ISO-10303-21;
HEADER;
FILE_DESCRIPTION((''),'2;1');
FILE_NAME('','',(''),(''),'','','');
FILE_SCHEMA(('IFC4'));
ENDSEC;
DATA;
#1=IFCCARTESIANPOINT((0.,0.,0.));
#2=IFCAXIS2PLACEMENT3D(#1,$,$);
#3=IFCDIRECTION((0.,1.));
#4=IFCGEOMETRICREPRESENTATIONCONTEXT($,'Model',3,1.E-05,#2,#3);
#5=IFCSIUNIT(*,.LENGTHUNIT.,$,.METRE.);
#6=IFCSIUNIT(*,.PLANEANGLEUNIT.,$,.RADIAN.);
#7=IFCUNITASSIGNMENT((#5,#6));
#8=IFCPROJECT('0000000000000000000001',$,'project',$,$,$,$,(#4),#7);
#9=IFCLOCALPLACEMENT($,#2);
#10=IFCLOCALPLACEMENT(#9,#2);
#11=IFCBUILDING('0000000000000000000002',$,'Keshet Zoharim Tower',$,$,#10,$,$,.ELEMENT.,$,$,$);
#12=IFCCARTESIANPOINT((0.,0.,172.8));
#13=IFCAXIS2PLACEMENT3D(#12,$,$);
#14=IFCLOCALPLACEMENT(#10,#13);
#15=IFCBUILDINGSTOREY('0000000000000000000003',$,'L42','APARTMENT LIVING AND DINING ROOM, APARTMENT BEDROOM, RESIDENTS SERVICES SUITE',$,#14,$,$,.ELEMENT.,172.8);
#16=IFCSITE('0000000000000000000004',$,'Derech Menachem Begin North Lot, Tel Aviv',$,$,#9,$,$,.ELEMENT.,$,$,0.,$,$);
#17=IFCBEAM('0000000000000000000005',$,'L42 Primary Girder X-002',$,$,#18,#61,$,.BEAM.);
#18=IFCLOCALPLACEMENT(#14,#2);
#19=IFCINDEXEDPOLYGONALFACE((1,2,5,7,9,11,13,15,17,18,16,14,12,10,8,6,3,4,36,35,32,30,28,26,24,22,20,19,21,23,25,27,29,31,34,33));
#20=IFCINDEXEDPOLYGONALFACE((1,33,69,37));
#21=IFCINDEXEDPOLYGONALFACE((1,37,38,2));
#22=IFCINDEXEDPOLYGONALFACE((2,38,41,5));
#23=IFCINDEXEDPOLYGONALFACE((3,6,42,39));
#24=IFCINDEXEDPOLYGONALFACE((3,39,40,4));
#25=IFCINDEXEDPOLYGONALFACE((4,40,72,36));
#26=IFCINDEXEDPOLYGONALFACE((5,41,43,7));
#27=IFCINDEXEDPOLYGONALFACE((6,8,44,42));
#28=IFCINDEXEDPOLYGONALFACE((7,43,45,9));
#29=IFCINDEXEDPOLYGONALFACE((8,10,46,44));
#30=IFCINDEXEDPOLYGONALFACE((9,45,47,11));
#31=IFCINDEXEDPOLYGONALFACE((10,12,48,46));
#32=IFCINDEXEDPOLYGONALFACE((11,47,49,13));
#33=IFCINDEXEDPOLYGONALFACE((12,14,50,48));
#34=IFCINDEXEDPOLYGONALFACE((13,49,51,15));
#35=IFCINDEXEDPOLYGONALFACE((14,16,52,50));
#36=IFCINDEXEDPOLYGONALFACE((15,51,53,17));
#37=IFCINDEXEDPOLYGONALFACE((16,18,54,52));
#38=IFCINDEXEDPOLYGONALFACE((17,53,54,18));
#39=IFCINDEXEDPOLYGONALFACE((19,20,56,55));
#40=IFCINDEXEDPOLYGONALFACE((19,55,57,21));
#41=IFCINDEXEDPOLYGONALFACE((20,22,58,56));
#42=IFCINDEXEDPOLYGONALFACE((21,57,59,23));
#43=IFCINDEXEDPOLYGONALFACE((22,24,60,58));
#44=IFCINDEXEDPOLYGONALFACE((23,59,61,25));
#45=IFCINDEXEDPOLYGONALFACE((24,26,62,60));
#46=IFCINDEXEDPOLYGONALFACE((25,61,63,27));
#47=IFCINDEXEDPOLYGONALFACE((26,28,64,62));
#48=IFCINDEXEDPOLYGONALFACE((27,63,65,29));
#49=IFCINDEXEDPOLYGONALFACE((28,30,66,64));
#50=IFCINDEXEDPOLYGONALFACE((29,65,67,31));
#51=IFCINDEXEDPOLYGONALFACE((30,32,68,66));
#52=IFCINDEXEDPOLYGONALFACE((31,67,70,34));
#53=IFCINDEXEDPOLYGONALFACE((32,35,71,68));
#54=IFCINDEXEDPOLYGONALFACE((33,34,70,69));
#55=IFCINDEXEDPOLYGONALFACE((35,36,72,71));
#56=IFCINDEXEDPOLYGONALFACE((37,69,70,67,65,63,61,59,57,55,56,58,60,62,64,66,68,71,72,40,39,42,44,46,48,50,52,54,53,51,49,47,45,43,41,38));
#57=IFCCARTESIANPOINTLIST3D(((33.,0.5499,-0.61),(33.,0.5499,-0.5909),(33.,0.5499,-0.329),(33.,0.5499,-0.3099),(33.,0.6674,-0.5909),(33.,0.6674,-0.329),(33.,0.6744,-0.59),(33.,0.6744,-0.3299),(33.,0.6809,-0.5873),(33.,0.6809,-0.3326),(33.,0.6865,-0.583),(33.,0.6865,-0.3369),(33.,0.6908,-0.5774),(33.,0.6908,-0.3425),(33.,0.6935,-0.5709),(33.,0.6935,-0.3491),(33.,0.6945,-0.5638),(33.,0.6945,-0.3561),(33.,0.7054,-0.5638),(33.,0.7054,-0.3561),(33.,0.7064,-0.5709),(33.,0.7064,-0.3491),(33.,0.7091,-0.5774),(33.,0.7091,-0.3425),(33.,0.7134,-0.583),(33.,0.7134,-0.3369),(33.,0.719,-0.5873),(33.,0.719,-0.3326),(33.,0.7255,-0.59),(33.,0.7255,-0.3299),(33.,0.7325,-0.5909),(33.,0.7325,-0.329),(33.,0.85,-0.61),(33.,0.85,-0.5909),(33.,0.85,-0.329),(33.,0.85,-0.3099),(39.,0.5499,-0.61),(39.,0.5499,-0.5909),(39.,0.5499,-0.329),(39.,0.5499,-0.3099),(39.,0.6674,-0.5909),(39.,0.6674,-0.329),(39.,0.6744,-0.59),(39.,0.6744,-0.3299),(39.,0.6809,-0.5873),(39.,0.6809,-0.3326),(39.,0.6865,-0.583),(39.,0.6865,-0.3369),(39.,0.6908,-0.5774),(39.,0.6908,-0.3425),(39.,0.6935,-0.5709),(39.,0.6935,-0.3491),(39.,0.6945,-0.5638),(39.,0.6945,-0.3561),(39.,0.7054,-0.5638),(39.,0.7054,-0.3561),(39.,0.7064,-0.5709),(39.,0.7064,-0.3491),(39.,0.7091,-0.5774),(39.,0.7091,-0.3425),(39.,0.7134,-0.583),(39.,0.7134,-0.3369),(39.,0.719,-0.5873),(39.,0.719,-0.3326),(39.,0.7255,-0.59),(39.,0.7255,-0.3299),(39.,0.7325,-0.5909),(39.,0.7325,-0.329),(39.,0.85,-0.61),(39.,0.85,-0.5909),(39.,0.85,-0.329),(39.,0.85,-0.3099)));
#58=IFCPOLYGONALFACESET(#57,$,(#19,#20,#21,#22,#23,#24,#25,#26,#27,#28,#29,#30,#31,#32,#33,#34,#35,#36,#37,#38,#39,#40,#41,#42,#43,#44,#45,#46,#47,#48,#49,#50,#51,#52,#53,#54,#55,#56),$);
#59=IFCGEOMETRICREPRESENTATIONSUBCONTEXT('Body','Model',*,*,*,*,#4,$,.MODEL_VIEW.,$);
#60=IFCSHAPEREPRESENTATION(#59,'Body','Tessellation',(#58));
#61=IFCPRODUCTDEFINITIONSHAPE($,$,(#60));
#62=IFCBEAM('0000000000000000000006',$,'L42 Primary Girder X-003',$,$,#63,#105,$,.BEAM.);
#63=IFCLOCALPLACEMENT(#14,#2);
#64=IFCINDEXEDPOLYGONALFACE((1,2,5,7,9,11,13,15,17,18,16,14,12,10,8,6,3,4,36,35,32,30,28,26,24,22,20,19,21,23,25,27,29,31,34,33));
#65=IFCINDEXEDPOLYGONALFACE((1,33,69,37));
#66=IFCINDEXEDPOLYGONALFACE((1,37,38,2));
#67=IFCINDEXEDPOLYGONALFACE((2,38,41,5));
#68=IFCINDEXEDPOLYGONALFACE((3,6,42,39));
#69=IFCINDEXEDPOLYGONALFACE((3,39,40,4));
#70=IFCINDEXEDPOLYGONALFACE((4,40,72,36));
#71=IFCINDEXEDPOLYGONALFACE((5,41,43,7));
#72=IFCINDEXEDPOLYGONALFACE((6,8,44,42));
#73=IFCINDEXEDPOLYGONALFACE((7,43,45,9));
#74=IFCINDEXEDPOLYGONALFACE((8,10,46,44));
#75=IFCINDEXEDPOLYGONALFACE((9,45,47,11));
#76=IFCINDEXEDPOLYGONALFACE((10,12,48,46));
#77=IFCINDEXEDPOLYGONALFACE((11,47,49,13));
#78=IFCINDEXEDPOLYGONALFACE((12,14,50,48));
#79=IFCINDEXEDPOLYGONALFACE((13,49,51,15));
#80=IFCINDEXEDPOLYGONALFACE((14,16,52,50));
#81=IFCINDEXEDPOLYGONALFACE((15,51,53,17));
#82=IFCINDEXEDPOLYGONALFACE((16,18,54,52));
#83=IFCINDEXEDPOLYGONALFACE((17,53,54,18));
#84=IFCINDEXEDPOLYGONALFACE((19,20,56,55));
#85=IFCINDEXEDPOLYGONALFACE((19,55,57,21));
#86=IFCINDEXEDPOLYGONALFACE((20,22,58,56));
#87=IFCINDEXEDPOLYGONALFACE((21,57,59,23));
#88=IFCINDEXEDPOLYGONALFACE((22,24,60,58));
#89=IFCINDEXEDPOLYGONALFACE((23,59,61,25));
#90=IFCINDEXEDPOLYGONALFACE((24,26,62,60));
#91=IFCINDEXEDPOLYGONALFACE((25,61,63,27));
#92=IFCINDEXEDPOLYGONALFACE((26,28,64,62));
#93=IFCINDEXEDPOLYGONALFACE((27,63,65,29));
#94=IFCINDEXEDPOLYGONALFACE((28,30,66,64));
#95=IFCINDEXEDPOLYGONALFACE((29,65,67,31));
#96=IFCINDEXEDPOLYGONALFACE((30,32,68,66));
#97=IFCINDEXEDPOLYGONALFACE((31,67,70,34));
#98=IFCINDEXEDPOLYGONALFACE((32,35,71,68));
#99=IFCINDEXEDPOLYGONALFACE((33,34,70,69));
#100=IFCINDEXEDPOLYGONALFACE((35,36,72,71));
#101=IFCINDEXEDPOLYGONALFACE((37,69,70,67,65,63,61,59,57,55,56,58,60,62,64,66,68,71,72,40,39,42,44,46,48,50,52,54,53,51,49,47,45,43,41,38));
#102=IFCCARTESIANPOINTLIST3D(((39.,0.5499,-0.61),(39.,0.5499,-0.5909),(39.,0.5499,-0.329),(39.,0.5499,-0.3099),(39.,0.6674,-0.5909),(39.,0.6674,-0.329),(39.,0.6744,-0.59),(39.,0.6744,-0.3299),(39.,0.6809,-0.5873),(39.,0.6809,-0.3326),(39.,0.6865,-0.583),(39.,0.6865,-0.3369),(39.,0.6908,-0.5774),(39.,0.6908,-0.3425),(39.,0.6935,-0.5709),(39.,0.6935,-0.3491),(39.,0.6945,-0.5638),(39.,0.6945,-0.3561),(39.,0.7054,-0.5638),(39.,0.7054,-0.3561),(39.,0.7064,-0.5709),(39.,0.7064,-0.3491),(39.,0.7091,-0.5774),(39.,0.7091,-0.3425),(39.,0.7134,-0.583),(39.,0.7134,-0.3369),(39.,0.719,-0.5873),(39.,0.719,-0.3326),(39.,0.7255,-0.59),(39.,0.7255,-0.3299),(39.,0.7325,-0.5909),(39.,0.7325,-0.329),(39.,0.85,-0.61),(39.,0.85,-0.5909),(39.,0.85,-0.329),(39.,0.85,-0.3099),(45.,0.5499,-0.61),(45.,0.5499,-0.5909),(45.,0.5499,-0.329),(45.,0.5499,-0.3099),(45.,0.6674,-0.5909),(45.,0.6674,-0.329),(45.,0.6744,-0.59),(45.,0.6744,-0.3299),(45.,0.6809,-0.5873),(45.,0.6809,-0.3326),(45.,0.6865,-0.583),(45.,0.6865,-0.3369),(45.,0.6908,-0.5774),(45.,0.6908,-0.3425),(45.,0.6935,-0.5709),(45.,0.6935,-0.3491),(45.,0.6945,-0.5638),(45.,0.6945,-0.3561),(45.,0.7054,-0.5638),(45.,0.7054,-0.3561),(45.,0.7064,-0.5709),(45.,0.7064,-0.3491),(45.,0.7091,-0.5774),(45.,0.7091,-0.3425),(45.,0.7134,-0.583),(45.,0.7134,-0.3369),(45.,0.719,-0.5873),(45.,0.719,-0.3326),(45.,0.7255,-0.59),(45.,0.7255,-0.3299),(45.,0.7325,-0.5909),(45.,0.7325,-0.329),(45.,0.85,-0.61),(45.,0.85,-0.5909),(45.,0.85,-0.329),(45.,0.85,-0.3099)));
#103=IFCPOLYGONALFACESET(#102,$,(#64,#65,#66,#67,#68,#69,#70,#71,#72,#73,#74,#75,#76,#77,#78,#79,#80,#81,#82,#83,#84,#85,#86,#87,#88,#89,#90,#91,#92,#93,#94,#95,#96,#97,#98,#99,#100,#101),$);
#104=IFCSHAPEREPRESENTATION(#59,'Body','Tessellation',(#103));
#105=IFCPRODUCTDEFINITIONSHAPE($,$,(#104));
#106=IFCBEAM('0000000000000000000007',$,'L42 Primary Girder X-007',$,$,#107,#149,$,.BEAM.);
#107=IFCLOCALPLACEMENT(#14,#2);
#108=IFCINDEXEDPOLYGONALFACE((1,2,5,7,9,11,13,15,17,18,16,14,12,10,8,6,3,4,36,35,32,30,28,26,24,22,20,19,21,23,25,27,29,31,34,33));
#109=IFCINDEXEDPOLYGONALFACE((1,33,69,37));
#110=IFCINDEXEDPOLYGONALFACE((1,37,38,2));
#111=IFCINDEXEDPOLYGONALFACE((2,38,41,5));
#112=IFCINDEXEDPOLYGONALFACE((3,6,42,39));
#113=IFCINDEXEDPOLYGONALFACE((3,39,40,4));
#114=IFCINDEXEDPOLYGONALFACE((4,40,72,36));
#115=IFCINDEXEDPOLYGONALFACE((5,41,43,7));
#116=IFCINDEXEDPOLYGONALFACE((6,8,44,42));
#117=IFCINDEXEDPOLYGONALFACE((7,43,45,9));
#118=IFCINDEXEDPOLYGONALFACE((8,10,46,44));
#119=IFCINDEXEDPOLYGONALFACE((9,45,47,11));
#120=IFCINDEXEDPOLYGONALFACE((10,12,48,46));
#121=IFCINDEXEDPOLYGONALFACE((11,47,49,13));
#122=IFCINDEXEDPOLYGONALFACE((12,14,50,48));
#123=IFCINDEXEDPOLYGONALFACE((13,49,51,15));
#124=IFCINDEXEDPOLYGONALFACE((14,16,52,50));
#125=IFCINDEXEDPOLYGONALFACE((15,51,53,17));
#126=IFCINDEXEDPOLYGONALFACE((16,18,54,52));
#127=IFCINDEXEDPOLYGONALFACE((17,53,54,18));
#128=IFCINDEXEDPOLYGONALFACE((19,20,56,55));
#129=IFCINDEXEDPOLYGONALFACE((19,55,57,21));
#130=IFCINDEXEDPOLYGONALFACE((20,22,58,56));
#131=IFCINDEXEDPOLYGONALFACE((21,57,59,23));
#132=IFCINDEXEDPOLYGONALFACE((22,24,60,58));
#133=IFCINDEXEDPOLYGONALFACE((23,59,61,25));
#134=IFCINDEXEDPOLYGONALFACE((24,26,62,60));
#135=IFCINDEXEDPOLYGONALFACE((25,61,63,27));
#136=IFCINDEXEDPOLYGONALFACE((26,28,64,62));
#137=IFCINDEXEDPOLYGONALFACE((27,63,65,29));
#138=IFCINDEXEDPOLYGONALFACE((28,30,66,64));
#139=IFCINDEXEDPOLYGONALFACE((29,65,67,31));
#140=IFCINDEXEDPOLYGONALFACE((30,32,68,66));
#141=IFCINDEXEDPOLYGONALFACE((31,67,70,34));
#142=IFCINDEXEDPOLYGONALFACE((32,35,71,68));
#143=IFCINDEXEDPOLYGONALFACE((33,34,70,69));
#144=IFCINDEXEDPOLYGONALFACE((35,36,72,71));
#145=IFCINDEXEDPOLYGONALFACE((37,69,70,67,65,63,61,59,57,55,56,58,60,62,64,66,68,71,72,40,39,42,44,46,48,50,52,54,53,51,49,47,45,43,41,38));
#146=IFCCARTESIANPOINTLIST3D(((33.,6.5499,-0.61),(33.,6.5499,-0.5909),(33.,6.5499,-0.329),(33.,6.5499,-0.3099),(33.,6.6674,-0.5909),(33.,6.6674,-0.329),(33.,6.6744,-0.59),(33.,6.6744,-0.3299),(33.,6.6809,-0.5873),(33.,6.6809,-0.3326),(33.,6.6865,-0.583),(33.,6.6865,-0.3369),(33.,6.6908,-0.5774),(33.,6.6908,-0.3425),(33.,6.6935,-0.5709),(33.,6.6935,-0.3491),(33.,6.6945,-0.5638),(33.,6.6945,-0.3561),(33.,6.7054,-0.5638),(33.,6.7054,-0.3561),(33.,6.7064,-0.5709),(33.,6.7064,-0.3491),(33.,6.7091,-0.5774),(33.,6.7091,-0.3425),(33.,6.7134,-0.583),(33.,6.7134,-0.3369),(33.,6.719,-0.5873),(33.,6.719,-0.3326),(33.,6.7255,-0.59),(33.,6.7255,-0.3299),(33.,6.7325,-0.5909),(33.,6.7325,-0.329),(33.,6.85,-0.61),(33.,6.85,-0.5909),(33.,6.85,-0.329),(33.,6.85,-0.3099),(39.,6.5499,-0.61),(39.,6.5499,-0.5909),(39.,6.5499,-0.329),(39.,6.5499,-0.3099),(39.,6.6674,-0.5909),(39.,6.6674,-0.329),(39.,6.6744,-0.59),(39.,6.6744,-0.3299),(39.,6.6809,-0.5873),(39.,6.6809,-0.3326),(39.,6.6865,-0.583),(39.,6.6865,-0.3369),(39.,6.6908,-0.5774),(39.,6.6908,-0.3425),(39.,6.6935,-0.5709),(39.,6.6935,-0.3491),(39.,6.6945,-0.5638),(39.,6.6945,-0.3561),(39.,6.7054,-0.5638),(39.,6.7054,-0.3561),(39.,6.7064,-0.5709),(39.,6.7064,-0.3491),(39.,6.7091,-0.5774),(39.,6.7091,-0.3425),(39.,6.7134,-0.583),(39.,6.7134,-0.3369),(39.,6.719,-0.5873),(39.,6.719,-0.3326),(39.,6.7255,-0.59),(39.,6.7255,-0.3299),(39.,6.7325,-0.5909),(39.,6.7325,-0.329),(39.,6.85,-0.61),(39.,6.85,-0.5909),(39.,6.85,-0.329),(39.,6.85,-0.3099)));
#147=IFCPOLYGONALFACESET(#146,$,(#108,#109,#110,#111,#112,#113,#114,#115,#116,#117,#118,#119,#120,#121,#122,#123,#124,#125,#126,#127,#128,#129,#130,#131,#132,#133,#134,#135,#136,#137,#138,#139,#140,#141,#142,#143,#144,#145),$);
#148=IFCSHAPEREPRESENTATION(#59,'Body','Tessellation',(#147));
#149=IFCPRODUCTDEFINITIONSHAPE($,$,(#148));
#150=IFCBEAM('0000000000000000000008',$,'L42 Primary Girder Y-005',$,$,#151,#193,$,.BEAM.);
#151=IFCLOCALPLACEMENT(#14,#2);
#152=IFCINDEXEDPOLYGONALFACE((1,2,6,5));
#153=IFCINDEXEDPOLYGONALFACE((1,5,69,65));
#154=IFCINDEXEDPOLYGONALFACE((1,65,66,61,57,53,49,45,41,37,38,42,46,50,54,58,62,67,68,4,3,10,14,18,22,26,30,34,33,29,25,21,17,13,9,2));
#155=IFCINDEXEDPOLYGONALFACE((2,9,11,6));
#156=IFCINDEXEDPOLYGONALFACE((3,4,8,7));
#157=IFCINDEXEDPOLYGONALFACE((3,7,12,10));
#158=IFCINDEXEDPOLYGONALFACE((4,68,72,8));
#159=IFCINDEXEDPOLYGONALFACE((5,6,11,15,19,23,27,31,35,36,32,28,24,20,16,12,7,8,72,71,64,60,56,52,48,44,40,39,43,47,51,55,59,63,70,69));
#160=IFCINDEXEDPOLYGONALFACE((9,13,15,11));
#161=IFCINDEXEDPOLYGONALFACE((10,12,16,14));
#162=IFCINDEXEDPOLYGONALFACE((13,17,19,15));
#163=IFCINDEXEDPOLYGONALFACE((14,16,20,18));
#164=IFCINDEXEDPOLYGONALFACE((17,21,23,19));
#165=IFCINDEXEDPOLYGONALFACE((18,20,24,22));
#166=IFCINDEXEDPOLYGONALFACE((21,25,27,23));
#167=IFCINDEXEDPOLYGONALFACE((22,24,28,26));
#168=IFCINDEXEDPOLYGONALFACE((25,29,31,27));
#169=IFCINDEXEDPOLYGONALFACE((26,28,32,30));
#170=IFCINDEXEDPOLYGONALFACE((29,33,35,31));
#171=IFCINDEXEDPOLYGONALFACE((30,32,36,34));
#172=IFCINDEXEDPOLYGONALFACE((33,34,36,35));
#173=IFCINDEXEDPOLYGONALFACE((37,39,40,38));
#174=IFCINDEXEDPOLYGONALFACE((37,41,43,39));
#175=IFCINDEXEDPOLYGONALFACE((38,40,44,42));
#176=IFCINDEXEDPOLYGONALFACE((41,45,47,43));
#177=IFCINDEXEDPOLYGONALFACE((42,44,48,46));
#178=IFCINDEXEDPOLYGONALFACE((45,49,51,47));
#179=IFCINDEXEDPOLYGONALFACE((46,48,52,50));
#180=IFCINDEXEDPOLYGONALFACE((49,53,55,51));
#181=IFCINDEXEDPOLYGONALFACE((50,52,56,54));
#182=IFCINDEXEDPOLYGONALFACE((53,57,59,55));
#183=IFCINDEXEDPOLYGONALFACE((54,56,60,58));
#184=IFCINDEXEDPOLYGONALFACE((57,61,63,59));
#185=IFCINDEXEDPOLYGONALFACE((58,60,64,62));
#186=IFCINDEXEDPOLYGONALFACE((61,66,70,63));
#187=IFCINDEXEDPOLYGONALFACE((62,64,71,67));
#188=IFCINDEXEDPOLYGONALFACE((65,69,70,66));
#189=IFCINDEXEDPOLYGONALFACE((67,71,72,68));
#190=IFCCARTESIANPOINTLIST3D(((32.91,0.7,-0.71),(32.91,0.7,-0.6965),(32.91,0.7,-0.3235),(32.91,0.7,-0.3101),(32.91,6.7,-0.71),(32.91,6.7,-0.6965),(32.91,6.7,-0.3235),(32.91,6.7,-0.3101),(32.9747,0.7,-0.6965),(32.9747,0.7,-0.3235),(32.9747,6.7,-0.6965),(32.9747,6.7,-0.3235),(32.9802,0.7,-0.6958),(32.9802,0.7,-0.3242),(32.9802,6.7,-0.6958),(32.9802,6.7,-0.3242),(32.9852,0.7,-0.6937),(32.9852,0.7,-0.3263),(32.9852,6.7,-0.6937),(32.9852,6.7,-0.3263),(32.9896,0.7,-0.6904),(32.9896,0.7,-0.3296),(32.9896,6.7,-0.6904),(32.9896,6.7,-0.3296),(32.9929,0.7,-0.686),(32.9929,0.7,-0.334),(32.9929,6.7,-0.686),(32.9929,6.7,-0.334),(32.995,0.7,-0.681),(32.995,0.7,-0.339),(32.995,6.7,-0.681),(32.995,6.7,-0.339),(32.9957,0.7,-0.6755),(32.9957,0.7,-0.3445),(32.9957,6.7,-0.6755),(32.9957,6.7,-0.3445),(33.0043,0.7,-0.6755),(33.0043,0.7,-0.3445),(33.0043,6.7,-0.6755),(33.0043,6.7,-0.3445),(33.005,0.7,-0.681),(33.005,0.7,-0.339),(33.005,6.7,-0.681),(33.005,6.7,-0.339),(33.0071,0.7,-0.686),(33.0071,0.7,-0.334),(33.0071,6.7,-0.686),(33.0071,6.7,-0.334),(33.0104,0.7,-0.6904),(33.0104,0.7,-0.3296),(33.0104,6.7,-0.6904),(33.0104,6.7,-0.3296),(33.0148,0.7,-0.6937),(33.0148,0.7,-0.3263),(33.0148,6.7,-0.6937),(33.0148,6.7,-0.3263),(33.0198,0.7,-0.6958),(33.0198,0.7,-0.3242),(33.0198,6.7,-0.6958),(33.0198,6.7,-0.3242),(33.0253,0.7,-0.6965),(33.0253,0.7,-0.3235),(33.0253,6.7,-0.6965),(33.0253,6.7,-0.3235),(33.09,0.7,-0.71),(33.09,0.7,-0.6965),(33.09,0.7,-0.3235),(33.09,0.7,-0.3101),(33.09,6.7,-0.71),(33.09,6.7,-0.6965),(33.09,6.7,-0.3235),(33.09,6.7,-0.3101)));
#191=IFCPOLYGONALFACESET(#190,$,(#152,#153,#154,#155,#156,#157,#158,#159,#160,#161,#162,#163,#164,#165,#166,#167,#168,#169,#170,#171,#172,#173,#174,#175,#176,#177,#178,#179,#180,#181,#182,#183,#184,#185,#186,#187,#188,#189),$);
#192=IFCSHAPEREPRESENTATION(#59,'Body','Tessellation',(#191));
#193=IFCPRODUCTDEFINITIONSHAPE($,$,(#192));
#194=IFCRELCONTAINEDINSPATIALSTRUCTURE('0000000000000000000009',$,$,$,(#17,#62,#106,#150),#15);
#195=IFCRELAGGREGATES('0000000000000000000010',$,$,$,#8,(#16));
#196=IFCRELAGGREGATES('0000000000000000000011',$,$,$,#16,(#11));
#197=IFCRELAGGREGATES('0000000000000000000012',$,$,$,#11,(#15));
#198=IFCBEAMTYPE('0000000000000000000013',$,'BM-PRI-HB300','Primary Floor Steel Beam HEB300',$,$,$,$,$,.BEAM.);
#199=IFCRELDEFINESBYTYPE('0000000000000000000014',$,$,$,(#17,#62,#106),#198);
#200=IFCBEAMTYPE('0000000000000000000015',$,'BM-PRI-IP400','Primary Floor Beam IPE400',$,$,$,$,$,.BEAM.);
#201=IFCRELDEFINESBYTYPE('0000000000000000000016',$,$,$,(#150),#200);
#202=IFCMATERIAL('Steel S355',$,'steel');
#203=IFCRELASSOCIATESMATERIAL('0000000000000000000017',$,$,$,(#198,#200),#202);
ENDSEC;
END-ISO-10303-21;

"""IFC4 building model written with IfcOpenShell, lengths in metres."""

from ifc_helpers import new_model, si_unit, direction, frame, origin, origin_2d, place, context, subcontext, project, spatial, i_section, extrude, material, material_profile, profile_set, type_object, element, save


model = new_model("IFC4")

# Units and contexts
model_context = context("Model", 3, precision=1e-05, world=origin(), true_north=direction((0.0, 1.0)))
body_context = subcontext(model_context, "Body", "Model", "MODEL_VIEW")
ifc_project = project(units=[si_unit("LENGTHUNIT", "METRE"), si_unit("PLANEANGLEUNIT", "RADIAN")], contexts=[model_context])

# Site, building, storey
site_placement = place(None, origin())
site = spatial("IfcSite", under=ifc_project, at=site_placement, Name="Derech Menachem Begin North Lot, Tel Aviv", CompositionType="ELEMENT", RefElevation=0.0)
building_placement = place(site_placement, origin())
building = spatial("IfcBuilding", under=site, at=building_placement, Name="Keshet Zoharim Tower", CompositionType="ELEMENT")
storey_placement = place(building_placement, frame((0.0, 0.0, 172.8)))
storey = spatial("IfcBuildingStorey", under=building, at=storey_placement, Name="L42", Description="APARTMENT LIVING AND DINING ROOM, APARTMENT BEDROOM, RESIDENTS SERVICES SUITE", CompositionType="ELEMENT", Elevation=172.8)

# Shared definitions
ifc_material_1 = material(Name="Steel S355", Category="steel")

# Beams
ifc_material_profile_1 = material_profile(ifc_material_1, i_section(OverallWidth=0.3, OverallDepth=0.3, WebThickness=0.011, FlangeThickness=0.019, FilletRadius=0.0271, at=origin_2d()), Name="HEB300")
ifc_profile_set_1 = profile_set([ifc_material_profile_1], Name="Steel S355")
beam_type_1 = type_object("IfcBeamType", Name="BM-PRI-HB300", Description="Primary Floor Steel Beam HEB300", PredefinedType="BEAM", material=ifc_profile_set_1)
for number, where, z_axis, x_axis, name in (
    (1, (33.0, 0.7, -0.46), (1.0, 0.0, 0.0), (0.0, 1.0, 0.0), "L42 Primary Girder X-002"),
    (2, (39.0, 0.7, -0.46), (1.0, 0.0, 0.0), (0.0, 1.0, 0.0), "L42 Primary Girder X-003"),
    (3, (33.0, 6.7, -0.46), (1.0, 0.0, 0.0), (0.0, 1.0, 0.0), "L42 Primary Girder X-007"),
):
    element("IfcBeam", number, at=place(storey_placement, frame(where, z_axis=z_axis, x_axis=x_axis)), inside=storey, type_object=beam_type_1, Name=name, PredefinedType="BEAM", context=body_context, shape_type="SweptSolid", body=[
        extrude(i_section(OverallWidth=0.3, OverallDepth=0.3, WebThickness=0.011, FlangeThickness=0.019, FilletRadius=0.0271, at=origin_2d()), origin(), (0.0, 0.0, 1.0), 6.0),
    ])
ifc_material_profile_2 = material_profile(ifc_material_1, i_section(OverallWidth=0.1799, OverallDepth=0.3999, WebThickness=0.0085, FlangeThickness=0.0134, FilletRadius=0.021, at=origin_2d()), Name="IPE400")
ifc_profile_set_2 = profile_set([ifc_material_profile_2], Name="Steel S355")
beam_type_2 = type_object("IfcBeamType", Name="BM-PRI-IP400", Description="Primary Floor Beam IPE400", PredefinedType="BEAM", material=ifc_profile_set_2)
for number, where, z_axis, x_axis, name in (
    (4, (33.0, 0.7, -0.51), (0.0, 1.0, 0.0), (-1.0, 0.0, 0.0), "L42 Primary Girder Y-005"),
):
    element("IfcBeam", number, at=place(storey_placement, frame(where, z_axis=z_axis, x_axis=x_axis)), inside=storey, type_object=beam_type_2, Name=name, PredefinedType="BEAM", context=body_context, shape_type="SweptSolid", body=[
        extrude(i_section(OverallWidth=0.1799, OverallDepth=0.3999, WebThickness=0.0085, FlangeThickness=0.0134, FilletRadius=0.021, at=origin_2d()), origin(), (0.0, 0.0, 1.0), 6.0),
    ])

save(model, "model.ifc")
